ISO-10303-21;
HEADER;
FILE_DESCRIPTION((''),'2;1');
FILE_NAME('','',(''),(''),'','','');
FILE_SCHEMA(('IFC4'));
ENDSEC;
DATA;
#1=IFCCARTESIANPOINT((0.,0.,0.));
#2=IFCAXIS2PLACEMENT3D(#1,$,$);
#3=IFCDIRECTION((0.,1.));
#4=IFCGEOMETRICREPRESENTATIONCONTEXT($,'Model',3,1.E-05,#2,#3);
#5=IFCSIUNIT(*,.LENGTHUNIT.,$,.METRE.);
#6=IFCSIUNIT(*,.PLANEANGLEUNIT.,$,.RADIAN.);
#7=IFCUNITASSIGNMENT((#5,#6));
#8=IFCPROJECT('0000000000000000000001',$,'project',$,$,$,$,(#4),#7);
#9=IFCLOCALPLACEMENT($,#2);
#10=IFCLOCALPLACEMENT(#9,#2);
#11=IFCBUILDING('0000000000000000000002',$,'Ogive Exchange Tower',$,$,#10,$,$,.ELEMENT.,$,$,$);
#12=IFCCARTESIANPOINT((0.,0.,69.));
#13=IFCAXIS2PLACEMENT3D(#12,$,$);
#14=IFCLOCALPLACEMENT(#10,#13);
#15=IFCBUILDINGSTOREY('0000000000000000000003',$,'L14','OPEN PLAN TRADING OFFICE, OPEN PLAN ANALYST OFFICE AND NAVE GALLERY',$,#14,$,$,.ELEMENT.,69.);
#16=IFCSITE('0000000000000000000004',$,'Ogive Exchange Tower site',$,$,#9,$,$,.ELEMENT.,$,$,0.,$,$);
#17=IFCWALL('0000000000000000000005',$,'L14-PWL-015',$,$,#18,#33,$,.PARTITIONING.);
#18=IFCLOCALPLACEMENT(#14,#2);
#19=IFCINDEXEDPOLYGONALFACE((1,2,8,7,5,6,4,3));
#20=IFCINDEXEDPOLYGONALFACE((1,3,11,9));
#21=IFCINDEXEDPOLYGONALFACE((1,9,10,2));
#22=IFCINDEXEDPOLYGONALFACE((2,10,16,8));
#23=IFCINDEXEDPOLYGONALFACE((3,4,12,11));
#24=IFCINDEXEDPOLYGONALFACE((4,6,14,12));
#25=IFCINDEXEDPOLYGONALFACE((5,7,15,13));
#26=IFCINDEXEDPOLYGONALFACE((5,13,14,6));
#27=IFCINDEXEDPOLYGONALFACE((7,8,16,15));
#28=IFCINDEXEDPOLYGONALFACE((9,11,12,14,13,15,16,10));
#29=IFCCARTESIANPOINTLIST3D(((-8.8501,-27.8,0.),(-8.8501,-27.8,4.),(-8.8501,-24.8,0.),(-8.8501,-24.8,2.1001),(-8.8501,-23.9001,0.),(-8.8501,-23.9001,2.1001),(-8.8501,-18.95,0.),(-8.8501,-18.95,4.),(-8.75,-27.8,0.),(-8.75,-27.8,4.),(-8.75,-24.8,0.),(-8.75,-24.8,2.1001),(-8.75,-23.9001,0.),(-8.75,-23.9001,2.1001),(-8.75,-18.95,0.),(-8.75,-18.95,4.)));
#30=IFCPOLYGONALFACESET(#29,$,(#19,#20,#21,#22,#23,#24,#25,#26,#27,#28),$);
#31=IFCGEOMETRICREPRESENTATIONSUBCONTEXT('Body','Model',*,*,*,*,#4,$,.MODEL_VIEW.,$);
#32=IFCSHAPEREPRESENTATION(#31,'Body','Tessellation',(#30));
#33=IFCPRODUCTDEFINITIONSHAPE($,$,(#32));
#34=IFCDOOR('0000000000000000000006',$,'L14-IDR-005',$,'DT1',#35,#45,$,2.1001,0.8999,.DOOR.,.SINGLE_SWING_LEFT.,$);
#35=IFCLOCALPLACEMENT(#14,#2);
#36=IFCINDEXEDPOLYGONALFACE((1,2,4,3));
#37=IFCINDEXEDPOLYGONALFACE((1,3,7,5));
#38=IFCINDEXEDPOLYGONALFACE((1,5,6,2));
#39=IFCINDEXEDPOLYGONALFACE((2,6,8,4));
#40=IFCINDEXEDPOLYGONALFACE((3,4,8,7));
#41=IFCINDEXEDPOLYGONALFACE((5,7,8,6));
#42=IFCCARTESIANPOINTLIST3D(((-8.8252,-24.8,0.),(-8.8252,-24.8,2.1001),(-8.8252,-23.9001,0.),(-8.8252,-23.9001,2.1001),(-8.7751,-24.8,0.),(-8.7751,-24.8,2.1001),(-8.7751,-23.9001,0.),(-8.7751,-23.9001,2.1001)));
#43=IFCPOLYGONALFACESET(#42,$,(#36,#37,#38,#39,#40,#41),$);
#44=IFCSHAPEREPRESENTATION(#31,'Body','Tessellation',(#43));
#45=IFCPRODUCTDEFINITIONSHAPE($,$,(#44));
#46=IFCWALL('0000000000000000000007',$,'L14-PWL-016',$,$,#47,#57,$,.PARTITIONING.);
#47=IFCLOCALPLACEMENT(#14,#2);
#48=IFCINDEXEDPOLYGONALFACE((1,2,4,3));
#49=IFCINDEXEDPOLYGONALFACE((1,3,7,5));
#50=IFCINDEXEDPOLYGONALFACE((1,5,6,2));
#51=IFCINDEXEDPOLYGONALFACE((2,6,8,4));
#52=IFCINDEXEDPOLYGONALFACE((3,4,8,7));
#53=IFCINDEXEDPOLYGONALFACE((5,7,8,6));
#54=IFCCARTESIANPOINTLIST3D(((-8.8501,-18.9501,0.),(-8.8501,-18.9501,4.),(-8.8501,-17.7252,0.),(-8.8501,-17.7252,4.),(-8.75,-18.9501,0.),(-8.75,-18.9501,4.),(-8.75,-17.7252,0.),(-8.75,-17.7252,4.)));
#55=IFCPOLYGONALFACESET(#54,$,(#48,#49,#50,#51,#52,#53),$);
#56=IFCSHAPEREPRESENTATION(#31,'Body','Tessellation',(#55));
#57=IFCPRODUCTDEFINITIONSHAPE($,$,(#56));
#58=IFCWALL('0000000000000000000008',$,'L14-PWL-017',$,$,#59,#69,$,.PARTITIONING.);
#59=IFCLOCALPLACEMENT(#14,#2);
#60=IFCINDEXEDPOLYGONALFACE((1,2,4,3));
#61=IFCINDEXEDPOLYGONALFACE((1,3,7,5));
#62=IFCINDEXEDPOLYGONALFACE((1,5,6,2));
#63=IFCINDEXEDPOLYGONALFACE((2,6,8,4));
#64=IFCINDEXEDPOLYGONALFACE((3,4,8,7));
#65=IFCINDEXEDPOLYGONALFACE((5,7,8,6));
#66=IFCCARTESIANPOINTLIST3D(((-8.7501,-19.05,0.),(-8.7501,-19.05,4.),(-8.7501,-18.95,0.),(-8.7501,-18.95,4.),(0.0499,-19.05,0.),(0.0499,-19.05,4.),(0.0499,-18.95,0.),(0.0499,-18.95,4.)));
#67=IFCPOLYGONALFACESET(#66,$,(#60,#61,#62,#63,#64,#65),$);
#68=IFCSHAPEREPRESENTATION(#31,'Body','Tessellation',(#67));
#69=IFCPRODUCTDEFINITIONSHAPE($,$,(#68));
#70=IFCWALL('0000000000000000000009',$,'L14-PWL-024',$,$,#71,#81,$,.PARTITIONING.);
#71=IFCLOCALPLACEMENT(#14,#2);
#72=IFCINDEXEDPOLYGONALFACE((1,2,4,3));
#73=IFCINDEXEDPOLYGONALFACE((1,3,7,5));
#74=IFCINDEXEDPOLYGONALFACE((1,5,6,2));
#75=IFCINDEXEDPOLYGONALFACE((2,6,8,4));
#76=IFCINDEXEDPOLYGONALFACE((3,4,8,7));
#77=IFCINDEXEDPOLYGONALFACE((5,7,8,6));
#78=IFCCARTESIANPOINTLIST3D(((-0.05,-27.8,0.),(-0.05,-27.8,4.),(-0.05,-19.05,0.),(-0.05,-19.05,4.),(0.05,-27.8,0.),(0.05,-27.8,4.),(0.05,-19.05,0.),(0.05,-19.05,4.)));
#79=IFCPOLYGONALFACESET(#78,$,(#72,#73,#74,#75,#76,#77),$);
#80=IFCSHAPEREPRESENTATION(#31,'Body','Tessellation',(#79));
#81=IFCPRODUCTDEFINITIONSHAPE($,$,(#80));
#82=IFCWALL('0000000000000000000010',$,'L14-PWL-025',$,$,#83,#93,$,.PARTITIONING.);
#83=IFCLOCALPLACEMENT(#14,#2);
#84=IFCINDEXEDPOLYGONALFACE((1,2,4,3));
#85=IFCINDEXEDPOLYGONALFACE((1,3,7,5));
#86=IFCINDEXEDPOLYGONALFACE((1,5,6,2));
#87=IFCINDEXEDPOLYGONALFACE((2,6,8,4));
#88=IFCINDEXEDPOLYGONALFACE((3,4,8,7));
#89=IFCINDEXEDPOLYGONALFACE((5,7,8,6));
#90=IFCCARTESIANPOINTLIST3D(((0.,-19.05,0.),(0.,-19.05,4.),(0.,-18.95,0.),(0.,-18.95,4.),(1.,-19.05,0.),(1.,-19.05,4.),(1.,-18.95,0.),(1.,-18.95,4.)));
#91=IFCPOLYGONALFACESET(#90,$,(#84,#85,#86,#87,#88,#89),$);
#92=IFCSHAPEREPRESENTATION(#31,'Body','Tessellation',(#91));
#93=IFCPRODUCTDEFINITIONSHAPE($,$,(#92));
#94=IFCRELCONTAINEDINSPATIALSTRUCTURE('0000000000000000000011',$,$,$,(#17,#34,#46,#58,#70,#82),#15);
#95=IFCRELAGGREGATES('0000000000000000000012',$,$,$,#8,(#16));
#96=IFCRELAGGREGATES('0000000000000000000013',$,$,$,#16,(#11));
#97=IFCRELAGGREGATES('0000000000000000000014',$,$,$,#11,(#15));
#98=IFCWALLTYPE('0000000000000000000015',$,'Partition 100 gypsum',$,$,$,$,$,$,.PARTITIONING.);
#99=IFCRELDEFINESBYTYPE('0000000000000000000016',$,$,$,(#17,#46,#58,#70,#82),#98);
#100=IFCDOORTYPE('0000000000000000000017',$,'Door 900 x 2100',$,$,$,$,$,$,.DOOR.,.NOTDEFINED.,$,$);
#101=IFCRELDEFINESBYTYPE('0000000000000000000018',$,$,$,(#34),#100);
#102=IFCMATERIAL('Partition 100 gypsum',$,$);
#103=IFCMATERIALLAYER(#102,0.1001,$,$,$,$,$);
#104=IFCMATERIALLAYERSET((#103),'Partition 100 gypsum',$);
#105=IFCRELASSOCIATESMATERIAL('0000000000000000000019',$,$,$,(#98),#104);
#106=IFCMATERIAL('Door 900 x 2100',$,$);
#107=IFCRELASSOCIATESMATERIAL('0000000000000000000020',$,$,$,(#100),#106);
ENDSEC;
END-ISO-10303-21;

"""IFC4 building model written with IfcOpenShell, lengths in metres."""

from ifc_helpers import new_model, si_unit, direction, frame, frame_2d, origin, place, context, subcontext, project, spatial, rectangle, extrude, material, layer, layer_set, type_object, element, fill, save


model = new_model("IFC4")

# Units and contexts
model_context = context("Model", 3, precision=1e-05, world=origin(), true_north=direction((0.0, 1.0)))
body_context = subcontext(model_context, "Body", "Model", "MODEL_VIEW")
ifc_project = project(units=[si_unit("LENGTHUNIT", "METRE"), si_unit("PLANEANGLEUNIT", "RADIAN")], contexts=[model_context])

# Site, building, storey
site_placement = place(None, origin())
site = spatial("IfcSite", under=ifc_project, at=site_placement, Name="Ogive Exchange Tower site", CompositionType="ELEMENT", RefElevation=0.0)
building_placement = place(site_placement, origin())
building = spatial("IfcBuilding", under=site, at=building_placement, Name="Ogive Exchange Tower", CompositionType="ELEMENT")
storey_placement = place(building_placement, frame((0.0, 0.0, 69.0)))
storey = spatial("IfcBuildingStorey", under=building, at=storey_placement, Name="L14", Description="OPEN PLAN TRADING OFFICE, OPEN PLAN ANALYST OFFICE AND NAVE GALLERY", CompositionType="ELEMENT", Elevation=69.0)

# Shared definitions
ifc_material_1 = material(Name="Partition 100 gypsum")
ifc_layer_1 = layer(ifc_material_1, 0.1001)
ifc_layer_set_1 = layer_set([ifc_layer_1], Name="Partition 100 gypsum")
wall_type_1 = type_object("IfcWallType", Name="Partition 100 gypsum", PredefinedType="PARTITIONING", material=ifc_layer_set_1)

# Wall, opening, door
wall_1_placement = place(storey_placement, frame((-8.8, -27.8, 0.0), z_axis=(0.0, 0.0, 1.0), x_axis=(0.0, 1.0, 0.0)))
wall_1 = element("IfcWall", 1, at=wall_1_placement, inside=storey, type_object=wall_type_1, Name="L14-PWL-015", PredefinedType="PARTITIONING", context=body_context, shape_type="SweptSolid", body=[
    extrude(rectangle(XDim=8.8501, YDim=0.1001, at=frame_2d((4.425, 0.0))), origin(), (0.0, 0.0, 1.0), 4.0),
])
opening_1_placement = place(wall_1_placement, frame((3.0, 0.0, 0.0)))
opening_1 = element("IfcOpeningElement", 2, at=opening_1_placement, cuts=wall_1, PredefinedType="OPENING", context=body_context, shape_type="SweptSolid", body=[
    extrude(rectangle(XDim=0.8999, YDim=2.1001, at=frame_2d((0.45, 1.05))), frame((0.0, 0.0601, 0.0), z_axis=(0.0, -1.0, 0.0), x_axis=(1.0, 0.0, 0.0)), (0.0, 0.0, 1.0), 0.1201),
])
ifc_material_2 = material(Name="Door 900 x 2100")
door_type_1 = type_object("IfcDoorType", Name="Door 900 x 2100", OperationType="NOTDEFINED", PredefinedType="DOOR", material=ifc_material_2)
door_1_placement = place(opening_1_placement, frame((0.8999, 0.0, 0.0), z_axis=(0.0, 0.0, 1.0), x_axis=(-1.0, 0.0, 0.0)))
door_1 = element("IfcDoor", 3, at=door_1_placement, inside=storey, type_object=door_type_1, Name="L14-IDR-005", ObjectType="DT1", OperationType="SINGLE_SWING_LEFT", OverallHeight=2.1001, OverallWidth=0.8999, PredefinedType="DOOR", context=body_context, shape_type="SweptSolid", body=[
    extrude(rectangle(XDim=0.8999, YDim=2.1001, at=frame_2d((0.45, 1.05))), frame((0.0, 0.0249, 0.0), z_axis=(0.0, -1.0, 0.0), x_axis=(1.0, 0.0, 0.0)), (0.0, 0.0, 1.0), 0.05),
])
fill(opening_1, door_1)

# Walls
wall_2_placement = place(storey_placement, frame((-8.8, -18.95, 0.0), z_axis=(0.0, 0.0, 1.0), x_axis=(0.0, 1.0, 0.0)))
element("IfcWall", 4, at=wall_2_placement, inside=storey, type_object=wall_type_1, Name="L14-PWL-016", PredefinedType="PARTITIONING", context=body_context, shape_type="SweptSolid", body=[
    extrude(rectangle(XDim=1.2249, YDim=0.1001, at=frame_2d((0.6123, 0.0))), origin(), (0.0, 0.0, 1.0), 4.0),
])
wall_3_placement = place(storey_placement, frame((-8.75, -19.0, 0.0), z_axis=(0.0, 0.0, 1.0), x_axis=(1.0, 0.0, 0.0)))
element("IfcWall", 5, at=wall_3_placement, inside=storey, type_object=wall_type_1, Name="L14-PWL-017", PredefinedType="PARTITIONING", context=body_context, shape_type="SweptSolid", body=[
    extrude(rectangle(XDim=8.8, YDim=0.1001, at=frame_2d((4.3999, 0.0))), origin(), (0.0, 0.0, 1.0), 4.0),
])
wall_4_placement = place(storey_placement, frame((0.0, -19.05, 0.0), z_axis=(0.0, 0.0, 1.0), x_axis=(0.0, -1.0, 0.0)))
element("IfcWall", 6, at=wall_4_placement, inside=storey, type_object=wall_type_1, Name="L14-PWL-024", PredefinedType="PARTITIONING", context=body_context, shape_type="SweptSolid", body=[
    extrude(rectangle(XDim=8.75, YDim=0.1001, at=frame_2d((4.375, 0.0))), origin(), (0.0, 0.0, 1.0), 4.0),
])
wall_5_placement = place(storey_placement, frame((0.0, -19.0, 0.0), z_axis=(0.0, 0.0, 1.0), x_axis=(1.0, 0.0, 0.0)))
element("IfcWall", 7, at=wall_5_placement, inside=storey, type_object=wall_type_1, Name="L14-PWL-025", PredefinedType="PARTITIONING", context=body_context, shape_type="SweptSolid", body=[
    extrude(rectangle(XDim=1.0, YDim=0.1001, at=frame_2d((0.5, 0.0))), origin(), (0.0, 0.0, 1.0), 4.0),
])

save(model, "model.ifc")
